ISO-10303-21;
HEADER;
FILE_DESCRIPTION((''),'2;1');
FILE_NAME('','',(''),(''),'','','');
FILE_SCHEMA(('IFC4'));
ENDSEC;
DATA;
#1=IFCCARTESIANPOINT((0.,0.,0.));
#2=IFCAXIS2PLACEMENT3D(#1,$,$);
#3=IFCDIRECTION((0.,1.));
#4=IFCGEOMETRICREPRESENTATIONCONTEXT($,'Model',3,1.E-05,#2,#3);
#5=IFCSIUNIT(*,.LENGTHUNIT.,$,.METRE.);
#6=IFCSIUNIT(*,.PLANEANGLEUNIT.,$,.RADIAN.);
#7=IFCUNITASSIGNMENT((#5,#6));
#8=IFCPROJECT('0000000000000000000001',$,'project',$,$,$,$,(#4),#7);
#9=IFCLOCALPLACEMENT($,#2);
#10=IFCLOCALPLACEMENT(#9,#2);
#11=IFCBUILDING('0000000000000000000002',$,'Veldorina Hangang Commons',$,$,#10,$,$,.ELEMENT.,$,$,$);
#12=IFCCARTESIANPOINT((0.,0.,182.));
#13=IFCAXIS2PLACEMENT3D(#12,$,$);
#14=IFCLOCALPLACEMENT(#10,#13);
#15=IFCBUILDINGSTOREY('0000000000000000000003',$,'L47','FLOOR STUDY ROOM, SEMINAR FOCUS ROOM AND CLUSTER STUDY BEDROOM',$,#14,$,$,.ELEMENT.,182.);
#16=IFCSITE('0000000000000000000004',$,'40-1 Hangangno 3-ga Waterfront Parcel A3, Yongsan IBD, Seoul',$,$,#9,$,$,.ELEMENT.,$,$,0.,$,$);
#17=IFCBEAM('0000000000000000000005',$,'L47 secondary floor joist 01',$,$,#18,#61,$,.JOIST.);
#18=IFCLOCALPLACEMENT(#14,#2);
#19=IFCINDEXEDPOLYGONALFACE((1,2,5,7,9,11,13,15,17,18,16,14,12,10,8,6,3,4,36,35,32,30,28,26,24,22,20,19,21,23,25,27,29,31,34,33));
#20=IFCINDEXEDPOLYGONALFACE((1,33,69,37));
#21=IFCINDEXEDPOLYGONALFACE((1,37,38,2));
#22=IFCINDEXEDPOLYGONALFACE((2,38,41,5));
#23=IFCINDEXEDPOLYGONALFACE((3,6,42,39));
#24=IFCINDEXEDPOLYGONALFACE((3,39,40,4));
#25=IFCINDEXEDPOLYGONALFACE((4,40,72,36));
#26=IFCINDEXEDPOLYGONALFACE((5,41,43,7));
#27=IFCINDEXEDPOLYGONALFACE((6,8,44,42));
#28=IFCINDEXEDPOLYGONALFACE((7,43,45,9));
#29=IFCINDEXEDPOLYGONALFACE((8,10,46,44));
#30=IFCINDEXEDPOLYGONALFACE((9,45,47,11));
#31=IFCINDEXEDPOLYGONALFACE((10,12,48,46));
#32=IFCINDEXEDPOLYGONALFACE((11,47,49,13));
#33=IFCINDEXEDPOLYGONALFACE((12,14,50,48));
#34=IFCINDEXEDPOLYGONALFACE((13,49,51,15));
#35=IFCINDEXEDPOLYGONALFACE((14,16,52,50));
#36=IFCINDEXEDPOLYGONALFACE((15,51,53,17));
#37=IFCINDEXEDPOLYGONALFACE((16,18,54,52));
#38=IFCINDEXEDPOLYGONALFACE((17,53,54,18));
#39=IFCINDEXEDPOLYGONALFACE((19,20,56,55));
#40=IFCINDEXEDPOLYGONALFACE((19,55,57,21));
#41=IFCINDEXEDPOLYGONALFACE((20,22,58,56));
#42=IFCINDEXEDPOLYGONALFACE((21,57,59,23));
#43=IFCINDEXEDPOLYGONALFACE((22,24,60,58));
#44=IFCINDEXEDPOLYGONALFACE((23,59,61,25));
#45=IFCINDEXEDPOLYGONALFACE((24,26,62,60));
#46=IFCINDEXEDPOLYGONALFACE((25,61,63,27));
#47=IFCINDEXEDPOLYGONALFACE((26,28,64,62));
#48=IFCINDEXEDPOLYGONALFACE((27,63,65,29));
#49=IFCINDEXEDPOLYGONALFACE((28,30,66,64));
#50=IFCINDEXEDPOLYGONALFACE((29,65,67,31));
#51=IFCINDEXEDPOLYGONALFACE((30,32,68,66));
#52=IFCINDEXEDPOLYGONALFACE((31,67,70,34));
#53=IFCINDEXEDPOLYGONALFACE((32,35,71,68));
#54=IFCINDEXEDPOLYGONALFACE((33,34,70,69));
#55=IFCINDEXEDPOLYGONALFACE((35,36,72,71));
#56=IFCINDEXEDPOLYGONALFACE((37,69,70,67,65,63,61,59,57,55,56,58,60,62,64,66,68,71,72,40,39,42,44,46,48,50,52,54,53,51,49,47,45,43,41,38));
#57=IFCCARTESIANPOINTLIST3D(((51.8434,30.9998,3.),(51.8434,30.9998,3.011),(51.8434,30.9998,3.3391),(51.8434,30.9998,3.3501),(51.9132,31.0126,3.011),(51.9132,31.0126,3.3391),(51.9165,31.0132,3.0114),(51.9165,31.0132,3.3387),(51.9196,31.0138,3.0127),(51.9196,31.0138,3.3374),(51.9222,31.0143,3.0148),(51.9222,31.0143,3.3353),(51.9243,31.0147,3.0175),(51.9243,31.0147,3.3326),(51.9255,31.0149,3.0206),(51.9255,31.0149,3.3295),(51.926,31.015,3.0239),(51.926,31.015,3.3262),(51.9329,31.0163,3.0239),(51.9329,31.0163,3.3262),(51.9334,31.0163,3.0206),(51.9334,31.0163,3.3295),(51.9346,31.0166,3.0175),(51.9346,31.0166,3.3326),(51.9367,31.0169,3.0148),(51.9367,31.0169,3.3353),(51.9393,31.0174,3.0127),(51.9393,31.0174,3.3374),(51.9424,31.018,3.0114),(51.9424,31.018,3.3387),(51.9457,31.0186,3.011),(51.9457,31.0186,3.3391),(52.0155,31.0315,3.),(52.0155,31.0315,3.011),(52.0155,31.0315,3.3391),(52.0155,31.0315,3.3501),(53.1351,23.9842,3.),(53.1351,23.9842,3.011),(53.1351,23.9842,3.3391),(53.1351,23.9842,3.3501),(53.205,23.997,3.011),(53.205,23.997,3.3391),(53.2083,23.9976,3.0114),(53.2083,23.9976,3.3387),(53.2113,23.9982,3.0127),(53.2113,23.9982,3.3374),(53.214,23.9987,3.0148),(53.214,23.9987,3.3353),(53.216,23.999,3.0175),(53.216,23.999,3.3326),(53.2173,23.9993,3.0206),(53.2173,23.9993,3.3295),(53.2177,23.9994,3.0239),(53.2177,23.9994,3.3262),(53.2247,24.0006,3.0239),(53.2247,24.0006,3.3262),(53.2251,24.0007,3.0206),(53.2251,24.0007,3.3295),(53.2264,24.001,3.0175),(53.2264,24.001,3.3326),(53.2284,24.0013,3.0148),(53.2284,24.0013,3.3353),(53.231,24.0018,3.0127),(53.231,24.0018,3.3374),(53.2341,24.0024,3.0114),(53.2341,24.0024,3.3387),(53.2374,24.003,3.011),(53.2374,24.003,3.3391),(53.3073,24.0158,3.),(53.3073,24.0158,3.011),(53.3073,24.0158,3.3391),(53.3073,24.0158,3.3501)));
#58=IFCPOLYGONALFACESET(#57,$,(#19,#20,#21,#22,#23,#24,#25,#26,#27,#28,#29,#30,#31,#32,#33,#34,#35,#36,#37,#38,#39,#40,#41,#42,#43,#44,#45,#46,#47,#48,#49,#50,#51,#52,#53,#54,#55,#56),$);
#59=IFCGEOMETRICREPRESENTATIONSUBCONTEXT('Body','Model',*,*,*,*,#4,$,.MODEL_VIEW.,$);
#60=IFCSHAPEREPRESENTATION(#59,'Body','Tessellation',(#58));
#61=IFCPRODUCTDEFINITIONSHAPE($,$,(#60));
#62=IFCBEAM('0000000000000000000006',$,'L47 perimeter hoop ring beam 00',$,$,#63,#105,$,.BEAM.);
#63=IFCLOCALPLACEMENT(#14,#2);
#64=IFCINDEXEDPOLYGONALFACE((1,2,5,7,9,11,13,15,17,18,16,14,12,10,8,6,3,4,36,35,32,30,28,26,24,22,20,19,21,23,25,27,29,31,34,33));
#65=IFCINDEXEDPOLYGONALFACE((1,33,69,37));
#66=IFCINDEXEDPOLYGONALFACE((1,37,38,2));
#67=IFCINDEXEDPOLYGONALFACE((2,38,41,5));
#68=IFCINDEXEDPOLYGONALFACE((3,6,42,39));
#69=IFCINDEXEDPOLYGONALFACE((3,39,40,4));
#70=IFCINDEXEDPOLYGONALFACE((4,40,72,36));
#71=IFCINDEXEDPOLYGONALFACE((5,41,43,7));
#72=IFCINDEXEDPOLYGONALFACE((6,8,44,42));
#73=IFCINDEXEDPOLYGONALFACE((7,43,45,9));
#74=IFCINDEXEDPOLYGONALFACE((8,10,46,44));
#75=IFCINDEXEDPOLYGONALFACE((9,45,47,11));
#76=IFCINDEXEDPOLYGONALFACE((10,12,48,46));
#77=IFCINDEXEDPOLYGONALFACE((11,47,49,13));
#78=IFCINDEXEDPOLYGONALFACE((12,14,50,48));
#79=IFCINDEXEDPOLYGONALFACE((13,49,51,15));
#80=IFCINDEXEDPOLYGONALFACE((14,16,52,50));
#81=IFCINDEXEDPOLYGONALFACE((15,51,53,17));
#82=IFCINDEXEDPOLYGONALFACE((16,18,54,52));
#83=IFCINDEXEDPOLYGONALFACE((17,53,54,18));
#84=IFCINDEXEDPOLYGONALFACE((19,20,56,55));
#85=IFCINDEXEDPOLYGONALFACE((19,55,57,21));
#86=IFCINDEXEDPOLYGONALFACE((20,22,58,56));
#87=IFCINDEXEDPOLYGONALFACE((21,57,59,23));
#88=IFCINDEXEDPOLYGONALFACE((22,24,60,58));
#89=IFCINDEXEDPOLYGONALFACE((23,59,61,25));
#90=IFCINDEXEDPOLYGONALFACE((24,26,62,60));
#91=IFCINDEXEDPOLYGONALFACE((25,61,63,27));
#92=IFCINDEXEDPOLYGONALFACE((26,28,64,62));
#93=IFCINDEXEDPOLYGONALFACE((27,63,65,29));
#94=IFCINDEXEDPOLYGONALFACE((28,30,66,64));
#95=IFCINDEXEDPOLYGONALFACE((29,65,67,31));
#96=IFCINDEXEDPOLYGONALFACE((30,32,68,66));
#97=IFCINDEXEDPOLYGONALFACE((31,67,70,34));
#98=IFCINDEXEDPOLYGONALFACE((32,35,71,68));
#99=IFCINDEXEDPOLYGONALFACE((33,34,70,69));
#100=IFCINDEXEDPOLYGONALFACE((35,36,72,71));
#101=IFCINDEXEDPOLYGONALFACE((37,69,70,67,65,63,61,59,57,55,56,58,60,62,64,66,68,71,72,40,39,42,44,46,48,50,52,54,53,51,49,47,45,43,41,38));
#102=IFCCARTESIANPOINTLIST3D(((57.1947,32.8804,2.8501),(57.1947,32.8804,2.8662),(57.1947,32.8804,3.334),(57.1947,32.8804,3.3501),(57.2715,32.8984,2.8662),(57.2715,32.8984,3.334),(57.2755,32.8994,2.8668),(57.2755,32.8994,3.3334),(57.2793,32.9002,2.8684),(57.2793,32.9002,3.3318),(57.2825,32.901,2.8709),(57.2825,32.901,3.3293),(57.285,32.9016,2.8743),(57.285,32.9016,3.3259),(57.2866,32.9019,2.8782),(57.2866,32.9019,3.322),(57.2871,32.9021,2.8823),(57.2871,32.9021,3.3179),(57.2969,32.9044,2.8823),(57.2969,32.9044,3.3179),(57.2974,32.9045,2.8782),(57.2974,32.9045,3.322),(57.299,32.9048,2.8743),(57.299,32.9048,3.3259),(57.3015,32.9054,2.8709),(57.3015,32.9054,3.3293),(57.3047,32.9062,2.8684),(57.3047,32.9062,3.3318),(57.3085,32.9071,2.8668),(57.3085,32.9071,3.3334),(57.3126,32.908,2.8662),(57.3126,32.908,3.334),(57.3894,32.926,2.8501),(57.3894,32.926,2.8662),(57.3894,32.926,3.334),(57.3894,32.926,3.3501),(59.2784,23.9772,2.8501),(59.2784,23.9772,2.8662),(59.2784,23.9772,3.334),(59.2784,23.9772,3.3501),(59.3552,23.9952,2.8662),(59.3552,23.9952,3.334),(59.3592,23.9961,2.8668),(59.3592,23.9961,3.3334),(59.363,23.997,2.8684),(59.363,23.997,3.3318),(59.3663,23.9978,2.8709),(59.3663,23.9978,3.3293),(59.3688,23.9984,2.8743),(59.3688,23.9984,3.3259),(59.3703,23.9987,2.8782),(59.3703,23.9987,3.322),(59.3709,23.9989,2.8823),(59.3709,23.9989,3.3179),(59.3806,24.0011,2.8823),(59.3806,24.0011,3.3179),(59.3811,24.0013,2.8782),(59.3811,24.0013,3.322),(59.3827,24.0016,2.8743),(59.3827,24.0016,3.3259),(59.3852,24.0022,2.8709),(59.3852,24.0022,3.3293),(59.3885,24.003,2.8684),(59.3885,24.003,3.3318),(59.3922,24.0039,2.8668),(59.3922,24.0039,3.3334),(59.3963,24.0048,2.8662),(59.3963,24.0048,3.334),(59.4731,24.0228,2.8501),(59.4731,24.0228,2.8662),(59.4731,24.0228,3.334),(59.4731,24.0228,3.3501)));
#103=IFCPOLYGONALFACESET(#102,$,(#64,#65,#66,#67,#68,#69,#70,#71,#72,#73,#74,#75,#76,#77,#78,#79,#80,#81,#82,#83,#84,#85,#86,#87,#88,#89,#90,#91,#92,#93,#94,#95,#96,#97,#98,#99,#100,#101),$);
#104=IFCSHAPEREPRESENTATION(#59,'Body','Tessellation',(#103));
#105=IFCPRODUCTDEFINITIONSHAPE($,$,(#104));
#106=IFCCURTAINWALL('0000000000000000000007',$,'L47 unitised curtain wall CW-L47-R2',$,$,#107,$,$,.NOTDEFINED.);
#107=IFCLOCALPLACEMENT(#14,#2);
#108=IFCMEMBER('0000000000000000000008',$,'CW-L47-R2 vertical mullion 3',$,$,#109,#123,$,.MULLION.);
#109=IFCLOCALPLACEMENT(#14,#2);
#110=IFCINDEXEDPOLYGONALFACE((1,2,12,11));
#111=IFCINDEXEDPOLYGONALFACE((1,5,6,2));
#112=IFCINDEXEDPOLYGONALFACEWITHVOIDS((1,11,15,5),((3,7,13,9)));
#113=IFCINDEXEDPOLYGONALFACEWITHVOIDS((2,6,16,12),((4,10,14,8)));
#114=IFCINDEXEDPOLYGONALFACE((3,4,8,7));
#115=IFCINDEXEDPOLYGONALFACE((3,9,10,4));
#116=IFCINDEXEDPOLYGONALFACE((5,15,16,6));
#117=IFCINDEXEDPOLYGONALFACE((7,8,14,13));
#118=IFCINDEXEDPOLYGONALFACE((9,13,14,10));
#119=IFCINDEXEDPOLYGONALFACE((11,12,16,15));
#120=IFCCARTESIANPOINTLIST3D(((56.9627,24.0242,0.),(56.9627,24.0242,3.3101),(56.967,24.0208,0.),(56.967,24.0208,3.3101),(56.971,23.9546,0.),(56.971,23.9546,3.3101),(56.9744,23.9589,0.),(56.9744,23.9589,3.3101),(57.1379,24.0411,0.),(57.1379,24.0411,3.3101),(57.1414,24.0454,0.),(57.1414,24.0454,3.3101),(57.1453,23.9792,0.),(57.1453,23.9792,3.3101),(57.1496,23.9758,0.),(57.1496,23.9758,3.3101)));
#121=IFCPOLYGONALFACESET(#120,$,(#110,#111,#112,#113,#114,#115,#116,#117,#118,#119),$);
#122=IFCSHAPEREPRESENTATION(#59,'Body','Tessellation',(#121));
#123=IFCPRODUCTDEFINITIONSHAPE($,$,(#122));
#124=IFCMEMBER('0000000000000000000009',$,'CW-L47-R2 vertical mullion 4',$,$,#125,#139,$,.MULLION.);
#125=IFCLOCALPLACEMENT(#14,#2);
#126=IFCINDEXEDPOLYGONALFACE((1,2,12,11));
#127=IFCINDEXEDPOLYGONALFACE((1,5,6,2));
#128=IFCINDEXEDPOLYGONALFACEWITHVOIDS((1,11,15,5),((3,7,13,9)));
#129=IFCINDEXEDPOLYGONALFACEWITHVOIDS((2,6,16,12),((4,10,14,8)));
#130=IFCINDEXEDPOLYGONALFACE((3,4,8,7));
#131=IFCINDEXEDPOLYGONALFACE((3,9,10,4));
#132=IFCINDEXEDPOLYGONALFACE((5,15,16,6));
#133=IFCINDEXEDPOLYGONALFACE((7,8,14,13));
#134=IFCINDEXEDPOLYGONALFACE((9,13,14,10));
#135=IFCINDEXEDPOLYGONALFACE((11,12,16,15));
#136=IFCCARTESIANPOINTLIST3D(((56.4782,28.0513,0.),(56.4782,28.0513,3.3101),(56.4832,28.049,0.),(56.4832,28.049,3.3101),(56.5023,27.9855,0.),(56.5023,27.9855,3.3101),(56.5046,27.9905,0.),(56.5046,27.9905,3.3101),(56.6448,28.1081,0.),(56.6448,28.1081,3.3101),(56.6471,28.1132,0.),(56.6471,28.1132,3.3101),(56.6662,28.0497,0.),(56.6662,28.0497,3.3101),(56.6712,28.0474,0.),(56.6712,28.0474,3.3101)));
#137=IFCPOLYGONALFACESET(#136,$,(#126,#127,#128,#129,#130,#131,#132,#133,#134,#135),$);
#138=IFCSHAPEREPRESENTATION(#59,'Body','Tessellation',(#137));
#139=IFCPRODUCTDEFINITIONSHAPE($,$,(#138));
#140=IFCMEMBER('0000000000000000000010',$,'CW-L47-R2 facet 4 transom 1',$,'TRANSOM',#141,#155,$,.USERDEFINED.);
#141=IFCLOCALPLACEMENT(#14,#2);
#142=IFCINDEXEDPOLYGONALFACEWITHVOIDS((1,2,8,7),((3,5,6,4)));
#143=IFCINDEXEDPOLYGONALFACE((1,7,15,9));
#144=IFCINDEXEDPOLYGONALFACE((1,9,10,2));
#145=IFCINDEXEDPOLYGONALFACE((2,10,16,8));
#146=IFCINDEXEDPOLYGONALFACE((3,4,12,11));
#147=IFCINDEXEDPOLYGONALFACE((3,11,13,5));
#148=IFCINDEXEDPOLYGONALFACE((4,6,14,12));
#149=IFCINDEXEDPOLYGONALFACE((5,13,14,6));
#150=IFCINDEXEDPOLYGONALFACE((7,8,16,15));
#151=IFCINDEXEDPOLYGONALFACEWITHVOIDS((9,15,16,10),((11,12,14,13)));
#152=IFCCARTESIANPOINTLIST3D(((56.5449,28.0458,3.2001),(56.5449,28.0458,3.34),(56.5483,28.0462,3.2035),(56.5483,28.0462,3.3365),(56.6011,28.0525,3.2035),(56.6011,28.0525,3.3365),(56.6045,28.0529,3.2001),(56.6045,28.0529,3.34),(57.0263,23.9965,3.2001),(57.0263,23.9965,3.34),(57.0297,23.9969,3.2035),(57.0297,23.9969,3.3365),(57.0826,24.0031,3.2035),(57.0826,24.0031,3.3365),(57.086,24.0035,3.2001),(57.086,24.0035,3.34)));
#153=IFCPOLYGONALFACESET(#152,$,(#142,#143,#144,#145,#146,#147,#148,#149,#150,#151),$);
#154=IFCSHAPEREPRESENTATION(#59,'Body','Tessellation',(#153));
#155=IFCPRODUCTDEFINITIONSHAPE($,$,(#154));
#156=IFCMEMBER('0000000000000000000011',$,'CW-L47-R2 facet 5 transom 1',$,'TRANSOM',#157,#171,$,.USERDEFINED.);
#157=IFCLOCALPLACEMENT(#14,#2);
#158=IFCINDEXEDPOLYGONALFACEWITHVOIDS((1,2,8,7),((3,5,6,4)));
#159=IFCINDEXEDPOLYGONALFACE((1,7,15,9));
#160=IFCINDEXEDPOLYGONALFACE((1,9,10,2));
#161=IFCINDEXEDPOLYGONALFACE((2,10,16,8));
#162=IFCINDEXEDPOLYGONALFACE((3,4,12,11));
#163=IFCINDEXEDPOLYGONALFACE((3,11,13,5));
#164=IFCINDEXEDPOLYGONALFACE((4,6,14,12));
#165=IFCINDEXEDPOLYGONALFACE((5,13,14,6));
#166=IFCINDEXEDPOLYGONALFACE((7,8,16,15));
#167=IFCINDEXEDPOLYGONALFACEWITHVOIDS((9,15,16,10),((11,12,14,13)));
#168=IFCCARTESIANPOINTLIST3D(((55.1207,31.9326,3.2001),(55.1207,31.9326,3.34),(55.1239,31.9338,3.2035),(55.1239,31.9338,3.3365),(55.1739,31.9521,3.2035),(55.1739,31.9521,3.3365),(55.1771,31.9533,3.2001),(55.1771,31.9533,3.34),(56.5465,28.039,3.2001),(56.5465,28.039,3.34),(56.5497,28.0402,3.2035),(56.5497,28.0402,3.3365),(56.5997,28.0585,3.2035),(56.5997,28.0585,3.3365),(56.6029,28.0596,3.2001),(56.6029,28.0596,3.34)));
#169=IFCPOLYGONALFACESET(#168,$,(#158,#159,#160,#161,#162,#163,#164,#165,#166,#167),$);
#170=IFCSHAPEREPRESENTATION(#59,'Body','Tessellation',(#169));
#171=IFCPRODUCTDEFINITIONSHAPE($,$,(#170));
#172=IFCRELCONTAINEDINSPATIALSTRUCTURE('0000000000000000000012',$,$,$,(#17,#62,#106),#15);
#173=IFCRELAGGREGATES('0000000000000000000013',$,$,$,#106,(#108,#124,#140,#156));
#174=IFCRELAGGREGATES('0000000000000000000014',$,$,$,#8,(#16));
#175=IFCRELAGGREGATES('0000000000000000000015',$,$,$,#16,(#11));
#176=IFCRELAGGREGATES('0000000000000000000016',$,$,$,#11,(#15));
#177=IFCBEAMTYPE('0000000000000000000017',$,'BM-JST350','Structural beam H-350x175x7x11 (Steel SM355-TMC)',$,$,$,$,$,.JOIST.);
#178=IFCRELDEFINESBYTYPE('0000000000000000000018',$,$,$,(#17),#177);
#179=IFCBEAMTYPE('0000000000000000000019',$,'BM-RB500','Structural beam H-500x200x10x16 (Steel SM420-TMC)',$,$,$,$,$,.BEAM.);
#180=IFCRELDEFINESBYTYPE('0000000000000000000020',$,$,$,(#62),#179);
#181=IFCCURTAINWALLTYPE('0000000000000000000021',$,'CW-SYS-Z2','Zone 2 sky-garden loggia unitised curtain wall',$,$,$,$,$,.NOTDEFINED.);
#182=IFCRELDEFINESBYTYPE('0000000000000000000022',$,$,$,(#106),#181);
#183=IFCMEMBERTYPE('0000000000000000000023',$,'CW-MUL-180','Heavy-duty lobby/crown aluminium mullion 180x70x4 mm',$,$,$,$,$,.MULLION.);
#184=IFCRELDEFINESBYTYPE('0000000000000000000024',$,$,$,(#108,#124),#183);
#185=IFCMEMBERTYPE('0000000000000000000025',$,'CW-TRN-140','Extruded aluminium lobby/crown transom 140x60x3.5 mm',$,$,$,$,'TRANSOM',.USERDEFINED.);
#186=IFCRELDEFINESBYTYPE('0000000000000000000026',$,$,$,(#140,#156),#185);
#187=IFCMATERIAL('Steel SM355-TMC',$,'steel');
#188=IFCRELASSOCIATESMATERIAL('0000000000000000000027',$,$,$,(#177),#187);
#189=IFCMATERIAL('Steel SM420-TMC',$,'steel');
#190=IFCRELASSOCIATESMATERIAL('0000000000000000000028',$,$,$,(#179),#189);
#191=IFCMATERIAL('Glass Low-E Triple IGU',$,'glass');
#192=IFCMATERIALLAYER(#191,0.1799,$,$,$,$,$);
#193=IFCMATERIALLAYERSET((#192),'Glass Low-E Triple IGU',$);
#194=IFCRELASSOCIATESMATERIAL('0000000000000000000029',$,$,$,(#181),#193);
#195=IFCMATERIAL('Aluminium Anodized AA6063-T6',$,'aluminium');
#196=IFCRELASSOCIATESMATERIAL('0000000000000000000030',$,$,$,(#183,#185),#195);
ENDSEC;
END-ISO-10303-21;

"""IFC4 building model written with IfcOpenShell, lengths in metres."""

from ifc_helpers import new_model, si_unit, direction, frame, origin, origin_2d, place, context, subcontext, project, spatial, hollow_rectangle, i_section, extrude, material, layer, layer_set, material_profile, profile_set, type_object, element, aggregate, save


model = new_model("IFC4")

# Units and contexts
model_context = context("Model", 3, precision=1e-05, world=origin(), true_north=direction((0.0, 1.0)))
body_context = subcontext(model_context, "Body", "Model", "MODEL_VIEW")
ifc_project = project(units=[si_unit("LENGTHUNIT", "METRE"), si_unit("PLANEANGLEUNIT", "RADIAN")], contexts=[model_context])

# Site, building, storey
site_placement = place(None, origin())
site = spatial("IfcSite", under=ifc_project, at=site_placement, Name="40-1 Hangangno 3-ga Waterfront Parcel A3, Yongsan IBD, Seoul", CompositionType="ELEMENT", RefElevation=0.0)
building_placement = place(site_placement, origin())
building = spatial("IfcBuilding", under=site, at=building_placement, Name="Veldorina Hangang Commons", CompositionType="ELEMENT")
storey_placement = place(building_placement, frame((0.0, 0.0, 182.0)))
storey = spatial("IfcBuildingStorey", under=building, at=storey_placement, Name="L47", Description="FLOOR STUDY ROOM, SEMINAR FOCUS ROOM AND CLUSTER STUDY BEDROOM", CompositionType="ELEMENT", Elevation=182.0)

# Beams
ifc_material_1 = material(Name="Steel SM355-TMC", Category="steel")
ifc_material_profile_1 = material_profile(ifc_material_1, i_section(OverallWidth=0.175, OverallDepth=0.3501, WebThickness=0.0071, FlangeThickness=0.011, FilletRadius=0.0129, at=origin_2d()), Name="H-350x175x7x11")
ifc_profile_set_1 = profile_set([ifc_material_profile_1], Name="Steel SM355-TMC")
beam_type_1 = type_object("IfcBeamType", Name="BM-JST350", Description="Structural beam H-350x175x7x11 (Steel SM355-TMC)", PredefinedType="JOIST", material=ifc_profile_set_1)
beam_1_placement = place(storey_placement, frame((53.2212, 24.0, 3.175), z_axis=(-0.181081, 0.983468, 0.0), x_axis=(-0.983468, -0.181081, 0.0)))
element("IfcBeam", 1, at=beam_1_placement, inside=storey, type_object=beam_type_1, Name="L47 secondary floor joist 01", PredefinedType="JOIST", context=body_context, shape_type="SweptSolid", body=[
    extrude(i_section(OverallWidth=0.175, OverallDepth=0.3501, WebThickness=0.0071, FlangeThickness=0.011, FilletRadius=0.0129, at=origin_2d()), origin(), (0.0, 0.0, 1.0), 7.1335),
])
ifc_material_2 = material(Name="Steel SM420-TMC", Category="steel")
ifc_material_profile_2 = material_profile(ifc_material_2, i_section(OverallWidth=0.2, OverallDepth=0.5, WebThickness=0.01, FlangeThickness=0.0161, FilletRadius=0.0161, at=origin_2d()), Name="H-500x200x10x16")
ifc_profile_set_2 = profile_set([ifc_material_profile_2], Name="Steel SM420-TMC")
beam_type_2 = type_object("IfcBeamType", Name="BM-RB500", Description="Structural beam H-500x200x10x16 (Steel SM420-TMC)", PredefinedType="BEAM", material=ifc_profile_set_2)
beam_2_placement = place(storey_placement, frame((59.3757, 24.0, 3.1001), z_axis=(-0.227883, 0.973689, 0.0), x_axis=(-0.973689, -0.227883, 0.0)))
element("IfcBeam", 2, at=beam_2_placement, inside=storey, type_object=beam_type_2, Name="L47 perimeter hoop ring beam 00", PredefinedType="BEAM", context=body_context, shape_type="SweptSolid", body=[
    extrude(i_section(OverallWidth=0.2, OverallDepth=0.5, WebThickness=0.01, FlangeThickness=0.0161, FilletRadius=0.0161, at=origin_2d()), origin(), (0.0, 0.0, 1.0), 9.1438),
])

# Curtain wall, members
ifc_material_3 = material(Name="Glass Low-E Triple IGU", Category="glass")
ifc_layer_1 = layer(ifc_material_3, 0.1799)
ifc_layer_set_1 = layer_set([ifc_layer_1], Name="Glass Low-E Triple IGU")
curtain_wall_type = type_object("IfcCurtainWallType", Name="CW-SYS-Z2", Description="Zone 2 sky-garden loggia unitised curtain wall", PredefinedType="NOTDEFINED", material=ifc_layer_set_1)
curtain_wall_placement = place(storey_placement, origin())
curtain_wall = element("IfcCurtainWall", 3, at=curtain_wall_placement, inside=storey, type_object=curtain_wall_type, Name="L47 unitised curtain wall CW-L47-R2", PredefinedType="NOTDEFINED")
ifc_material_4 = material(Name="Aluminium Anodized AA6063-T6", Category="aluminium")
ifc_material_profile_3 = material_profile(ifc_material_4, hollow_rectangle(XDim=0.0701, YDim=0.1799, WallThickness=0.0039, at=origin_2d()), Name="ALU-RHS-180x70x4")
ifc_profile_set_3 = profile_set([ifc_material_profile_3], Name="Aluminium Anodized AA6063-T6")
member_type_1 = type_object("IfcMemberType", Name="CW-MUL-180", Description="Heavy-duty lobby/crown aluminium mullion 180x70x4 mm", PredefinedType="MULLION", material=ifc_profile_set_3)
member_1_placement = place(storey_placement, frame((57.0562, 24.0, 0.0), z_axis=(0.0, 0.0, 1.0), x_axis=(-0.118057, 0.993007, 0.0)))
member_1 = element("IfcMember", 4, at=member_1_placement, type_object=member_type_1, Name="CW-L47-R2 vertical mullion 3", PredefinedType="MULLION", context=body_context, shape_type="SweptSolid", body=[
    extrude(hollow_rectangle(XDim=0.0701, YDim=0.1799, WallThickness=0.0039, at=origin_2d()), origin(), (0.0, 0.0, 1.0), 3.3101),
])
member_2_placement = place(storey_placement, frame((56.5747, 28.0493, 0.0), z_axis=(0.0, 0.0, 1.0), x_axis=(-0.343889, 0.93901, 0.0)))
member_2 = element("IfcMember", 5, at=member_2_placement, type_object=member_type_1, Name="CW-L47-R2 vertical mullion 4", PredefinedType="MULLION", context=body_context, shape_type="SweptSolid", body=[
    extrude(hollow_rectangle(XDim=0.0701, YDim=0.1799, WallThickness=0.0039, at=origin_2d()), origin(), (0.0, 0.0, 1.0), 3.3101),
])
ifc_material_profile_4 = material_profile(ifc_material_4, hollow_rectangle(XDim=0.0601, YDim=0.1399, WallThickness=0.0034, at=origin_2d()), Name="ALU-RHS-140x60x3.5")
ifc_profile_set_4 = profile_set([ifc_material_profile_4], Name="Aluminium Anodized AA6063-T6")
member_type_2 = type_object("IfcMemberType", Name="CW-TRN-140", Description="Extruded aluminium lobby/crown transom 140x60x3.5 mm", ElementType="TRANSOM", PredefinedType="USERDEFINED", material=ifc_profile_set_4)
member_3_placement = place(storey_placement, frame((57.0562, 24.0, 3.27), z_axis=(-0.118064, 0.993006, 0.0), x_axis=(-0.993006, -0.118064, 0.0)))
member_3 = element("IfcMember", 6, at=member_3_placement, type_object=member_type_2, Name="CW-L47-R2 facet 4 transom 1", ObjectType="TRANSOM", PredefinedType="USERDEFINED", context=body_context, shape_type="SweptSolid", body=[
    extrude(hollow_rectangle(XDim=0.0601, YDim=0.1399, WallThickness=0.0034, at=origin_2d()), origin(), (0.0, 0.0, 1.0), 4.0779),
])
member_4_placement = place(storey_placement, frame((56.5747, 28.0493, 3.27), z_axis=(-0.34386, 0.939021, 0.0), x_axis=(-0.939021, -0.34386, 0.0)))
member_4 = element("IfcMember", 7, at=member_4_placement, type_object=member_type_2, Name="CW-L47-R2 facet 5 transom 1", ObjectType="TRANSOM", PredefinedType="USERDEFINED", context=body_context, shape_type="SweptSolid", body=[
    extrude(hollow_rectangle(XDim=0.0601, YDim=0.1399, WallThickness=0.0034, at=origin_2d()), origin(), (0.0, 0.0, 1.0), 4.1465),
])

aggregate(curtain_wall, [member_1, member_2, member_3, member_4])

save(model, "model.ifc")
